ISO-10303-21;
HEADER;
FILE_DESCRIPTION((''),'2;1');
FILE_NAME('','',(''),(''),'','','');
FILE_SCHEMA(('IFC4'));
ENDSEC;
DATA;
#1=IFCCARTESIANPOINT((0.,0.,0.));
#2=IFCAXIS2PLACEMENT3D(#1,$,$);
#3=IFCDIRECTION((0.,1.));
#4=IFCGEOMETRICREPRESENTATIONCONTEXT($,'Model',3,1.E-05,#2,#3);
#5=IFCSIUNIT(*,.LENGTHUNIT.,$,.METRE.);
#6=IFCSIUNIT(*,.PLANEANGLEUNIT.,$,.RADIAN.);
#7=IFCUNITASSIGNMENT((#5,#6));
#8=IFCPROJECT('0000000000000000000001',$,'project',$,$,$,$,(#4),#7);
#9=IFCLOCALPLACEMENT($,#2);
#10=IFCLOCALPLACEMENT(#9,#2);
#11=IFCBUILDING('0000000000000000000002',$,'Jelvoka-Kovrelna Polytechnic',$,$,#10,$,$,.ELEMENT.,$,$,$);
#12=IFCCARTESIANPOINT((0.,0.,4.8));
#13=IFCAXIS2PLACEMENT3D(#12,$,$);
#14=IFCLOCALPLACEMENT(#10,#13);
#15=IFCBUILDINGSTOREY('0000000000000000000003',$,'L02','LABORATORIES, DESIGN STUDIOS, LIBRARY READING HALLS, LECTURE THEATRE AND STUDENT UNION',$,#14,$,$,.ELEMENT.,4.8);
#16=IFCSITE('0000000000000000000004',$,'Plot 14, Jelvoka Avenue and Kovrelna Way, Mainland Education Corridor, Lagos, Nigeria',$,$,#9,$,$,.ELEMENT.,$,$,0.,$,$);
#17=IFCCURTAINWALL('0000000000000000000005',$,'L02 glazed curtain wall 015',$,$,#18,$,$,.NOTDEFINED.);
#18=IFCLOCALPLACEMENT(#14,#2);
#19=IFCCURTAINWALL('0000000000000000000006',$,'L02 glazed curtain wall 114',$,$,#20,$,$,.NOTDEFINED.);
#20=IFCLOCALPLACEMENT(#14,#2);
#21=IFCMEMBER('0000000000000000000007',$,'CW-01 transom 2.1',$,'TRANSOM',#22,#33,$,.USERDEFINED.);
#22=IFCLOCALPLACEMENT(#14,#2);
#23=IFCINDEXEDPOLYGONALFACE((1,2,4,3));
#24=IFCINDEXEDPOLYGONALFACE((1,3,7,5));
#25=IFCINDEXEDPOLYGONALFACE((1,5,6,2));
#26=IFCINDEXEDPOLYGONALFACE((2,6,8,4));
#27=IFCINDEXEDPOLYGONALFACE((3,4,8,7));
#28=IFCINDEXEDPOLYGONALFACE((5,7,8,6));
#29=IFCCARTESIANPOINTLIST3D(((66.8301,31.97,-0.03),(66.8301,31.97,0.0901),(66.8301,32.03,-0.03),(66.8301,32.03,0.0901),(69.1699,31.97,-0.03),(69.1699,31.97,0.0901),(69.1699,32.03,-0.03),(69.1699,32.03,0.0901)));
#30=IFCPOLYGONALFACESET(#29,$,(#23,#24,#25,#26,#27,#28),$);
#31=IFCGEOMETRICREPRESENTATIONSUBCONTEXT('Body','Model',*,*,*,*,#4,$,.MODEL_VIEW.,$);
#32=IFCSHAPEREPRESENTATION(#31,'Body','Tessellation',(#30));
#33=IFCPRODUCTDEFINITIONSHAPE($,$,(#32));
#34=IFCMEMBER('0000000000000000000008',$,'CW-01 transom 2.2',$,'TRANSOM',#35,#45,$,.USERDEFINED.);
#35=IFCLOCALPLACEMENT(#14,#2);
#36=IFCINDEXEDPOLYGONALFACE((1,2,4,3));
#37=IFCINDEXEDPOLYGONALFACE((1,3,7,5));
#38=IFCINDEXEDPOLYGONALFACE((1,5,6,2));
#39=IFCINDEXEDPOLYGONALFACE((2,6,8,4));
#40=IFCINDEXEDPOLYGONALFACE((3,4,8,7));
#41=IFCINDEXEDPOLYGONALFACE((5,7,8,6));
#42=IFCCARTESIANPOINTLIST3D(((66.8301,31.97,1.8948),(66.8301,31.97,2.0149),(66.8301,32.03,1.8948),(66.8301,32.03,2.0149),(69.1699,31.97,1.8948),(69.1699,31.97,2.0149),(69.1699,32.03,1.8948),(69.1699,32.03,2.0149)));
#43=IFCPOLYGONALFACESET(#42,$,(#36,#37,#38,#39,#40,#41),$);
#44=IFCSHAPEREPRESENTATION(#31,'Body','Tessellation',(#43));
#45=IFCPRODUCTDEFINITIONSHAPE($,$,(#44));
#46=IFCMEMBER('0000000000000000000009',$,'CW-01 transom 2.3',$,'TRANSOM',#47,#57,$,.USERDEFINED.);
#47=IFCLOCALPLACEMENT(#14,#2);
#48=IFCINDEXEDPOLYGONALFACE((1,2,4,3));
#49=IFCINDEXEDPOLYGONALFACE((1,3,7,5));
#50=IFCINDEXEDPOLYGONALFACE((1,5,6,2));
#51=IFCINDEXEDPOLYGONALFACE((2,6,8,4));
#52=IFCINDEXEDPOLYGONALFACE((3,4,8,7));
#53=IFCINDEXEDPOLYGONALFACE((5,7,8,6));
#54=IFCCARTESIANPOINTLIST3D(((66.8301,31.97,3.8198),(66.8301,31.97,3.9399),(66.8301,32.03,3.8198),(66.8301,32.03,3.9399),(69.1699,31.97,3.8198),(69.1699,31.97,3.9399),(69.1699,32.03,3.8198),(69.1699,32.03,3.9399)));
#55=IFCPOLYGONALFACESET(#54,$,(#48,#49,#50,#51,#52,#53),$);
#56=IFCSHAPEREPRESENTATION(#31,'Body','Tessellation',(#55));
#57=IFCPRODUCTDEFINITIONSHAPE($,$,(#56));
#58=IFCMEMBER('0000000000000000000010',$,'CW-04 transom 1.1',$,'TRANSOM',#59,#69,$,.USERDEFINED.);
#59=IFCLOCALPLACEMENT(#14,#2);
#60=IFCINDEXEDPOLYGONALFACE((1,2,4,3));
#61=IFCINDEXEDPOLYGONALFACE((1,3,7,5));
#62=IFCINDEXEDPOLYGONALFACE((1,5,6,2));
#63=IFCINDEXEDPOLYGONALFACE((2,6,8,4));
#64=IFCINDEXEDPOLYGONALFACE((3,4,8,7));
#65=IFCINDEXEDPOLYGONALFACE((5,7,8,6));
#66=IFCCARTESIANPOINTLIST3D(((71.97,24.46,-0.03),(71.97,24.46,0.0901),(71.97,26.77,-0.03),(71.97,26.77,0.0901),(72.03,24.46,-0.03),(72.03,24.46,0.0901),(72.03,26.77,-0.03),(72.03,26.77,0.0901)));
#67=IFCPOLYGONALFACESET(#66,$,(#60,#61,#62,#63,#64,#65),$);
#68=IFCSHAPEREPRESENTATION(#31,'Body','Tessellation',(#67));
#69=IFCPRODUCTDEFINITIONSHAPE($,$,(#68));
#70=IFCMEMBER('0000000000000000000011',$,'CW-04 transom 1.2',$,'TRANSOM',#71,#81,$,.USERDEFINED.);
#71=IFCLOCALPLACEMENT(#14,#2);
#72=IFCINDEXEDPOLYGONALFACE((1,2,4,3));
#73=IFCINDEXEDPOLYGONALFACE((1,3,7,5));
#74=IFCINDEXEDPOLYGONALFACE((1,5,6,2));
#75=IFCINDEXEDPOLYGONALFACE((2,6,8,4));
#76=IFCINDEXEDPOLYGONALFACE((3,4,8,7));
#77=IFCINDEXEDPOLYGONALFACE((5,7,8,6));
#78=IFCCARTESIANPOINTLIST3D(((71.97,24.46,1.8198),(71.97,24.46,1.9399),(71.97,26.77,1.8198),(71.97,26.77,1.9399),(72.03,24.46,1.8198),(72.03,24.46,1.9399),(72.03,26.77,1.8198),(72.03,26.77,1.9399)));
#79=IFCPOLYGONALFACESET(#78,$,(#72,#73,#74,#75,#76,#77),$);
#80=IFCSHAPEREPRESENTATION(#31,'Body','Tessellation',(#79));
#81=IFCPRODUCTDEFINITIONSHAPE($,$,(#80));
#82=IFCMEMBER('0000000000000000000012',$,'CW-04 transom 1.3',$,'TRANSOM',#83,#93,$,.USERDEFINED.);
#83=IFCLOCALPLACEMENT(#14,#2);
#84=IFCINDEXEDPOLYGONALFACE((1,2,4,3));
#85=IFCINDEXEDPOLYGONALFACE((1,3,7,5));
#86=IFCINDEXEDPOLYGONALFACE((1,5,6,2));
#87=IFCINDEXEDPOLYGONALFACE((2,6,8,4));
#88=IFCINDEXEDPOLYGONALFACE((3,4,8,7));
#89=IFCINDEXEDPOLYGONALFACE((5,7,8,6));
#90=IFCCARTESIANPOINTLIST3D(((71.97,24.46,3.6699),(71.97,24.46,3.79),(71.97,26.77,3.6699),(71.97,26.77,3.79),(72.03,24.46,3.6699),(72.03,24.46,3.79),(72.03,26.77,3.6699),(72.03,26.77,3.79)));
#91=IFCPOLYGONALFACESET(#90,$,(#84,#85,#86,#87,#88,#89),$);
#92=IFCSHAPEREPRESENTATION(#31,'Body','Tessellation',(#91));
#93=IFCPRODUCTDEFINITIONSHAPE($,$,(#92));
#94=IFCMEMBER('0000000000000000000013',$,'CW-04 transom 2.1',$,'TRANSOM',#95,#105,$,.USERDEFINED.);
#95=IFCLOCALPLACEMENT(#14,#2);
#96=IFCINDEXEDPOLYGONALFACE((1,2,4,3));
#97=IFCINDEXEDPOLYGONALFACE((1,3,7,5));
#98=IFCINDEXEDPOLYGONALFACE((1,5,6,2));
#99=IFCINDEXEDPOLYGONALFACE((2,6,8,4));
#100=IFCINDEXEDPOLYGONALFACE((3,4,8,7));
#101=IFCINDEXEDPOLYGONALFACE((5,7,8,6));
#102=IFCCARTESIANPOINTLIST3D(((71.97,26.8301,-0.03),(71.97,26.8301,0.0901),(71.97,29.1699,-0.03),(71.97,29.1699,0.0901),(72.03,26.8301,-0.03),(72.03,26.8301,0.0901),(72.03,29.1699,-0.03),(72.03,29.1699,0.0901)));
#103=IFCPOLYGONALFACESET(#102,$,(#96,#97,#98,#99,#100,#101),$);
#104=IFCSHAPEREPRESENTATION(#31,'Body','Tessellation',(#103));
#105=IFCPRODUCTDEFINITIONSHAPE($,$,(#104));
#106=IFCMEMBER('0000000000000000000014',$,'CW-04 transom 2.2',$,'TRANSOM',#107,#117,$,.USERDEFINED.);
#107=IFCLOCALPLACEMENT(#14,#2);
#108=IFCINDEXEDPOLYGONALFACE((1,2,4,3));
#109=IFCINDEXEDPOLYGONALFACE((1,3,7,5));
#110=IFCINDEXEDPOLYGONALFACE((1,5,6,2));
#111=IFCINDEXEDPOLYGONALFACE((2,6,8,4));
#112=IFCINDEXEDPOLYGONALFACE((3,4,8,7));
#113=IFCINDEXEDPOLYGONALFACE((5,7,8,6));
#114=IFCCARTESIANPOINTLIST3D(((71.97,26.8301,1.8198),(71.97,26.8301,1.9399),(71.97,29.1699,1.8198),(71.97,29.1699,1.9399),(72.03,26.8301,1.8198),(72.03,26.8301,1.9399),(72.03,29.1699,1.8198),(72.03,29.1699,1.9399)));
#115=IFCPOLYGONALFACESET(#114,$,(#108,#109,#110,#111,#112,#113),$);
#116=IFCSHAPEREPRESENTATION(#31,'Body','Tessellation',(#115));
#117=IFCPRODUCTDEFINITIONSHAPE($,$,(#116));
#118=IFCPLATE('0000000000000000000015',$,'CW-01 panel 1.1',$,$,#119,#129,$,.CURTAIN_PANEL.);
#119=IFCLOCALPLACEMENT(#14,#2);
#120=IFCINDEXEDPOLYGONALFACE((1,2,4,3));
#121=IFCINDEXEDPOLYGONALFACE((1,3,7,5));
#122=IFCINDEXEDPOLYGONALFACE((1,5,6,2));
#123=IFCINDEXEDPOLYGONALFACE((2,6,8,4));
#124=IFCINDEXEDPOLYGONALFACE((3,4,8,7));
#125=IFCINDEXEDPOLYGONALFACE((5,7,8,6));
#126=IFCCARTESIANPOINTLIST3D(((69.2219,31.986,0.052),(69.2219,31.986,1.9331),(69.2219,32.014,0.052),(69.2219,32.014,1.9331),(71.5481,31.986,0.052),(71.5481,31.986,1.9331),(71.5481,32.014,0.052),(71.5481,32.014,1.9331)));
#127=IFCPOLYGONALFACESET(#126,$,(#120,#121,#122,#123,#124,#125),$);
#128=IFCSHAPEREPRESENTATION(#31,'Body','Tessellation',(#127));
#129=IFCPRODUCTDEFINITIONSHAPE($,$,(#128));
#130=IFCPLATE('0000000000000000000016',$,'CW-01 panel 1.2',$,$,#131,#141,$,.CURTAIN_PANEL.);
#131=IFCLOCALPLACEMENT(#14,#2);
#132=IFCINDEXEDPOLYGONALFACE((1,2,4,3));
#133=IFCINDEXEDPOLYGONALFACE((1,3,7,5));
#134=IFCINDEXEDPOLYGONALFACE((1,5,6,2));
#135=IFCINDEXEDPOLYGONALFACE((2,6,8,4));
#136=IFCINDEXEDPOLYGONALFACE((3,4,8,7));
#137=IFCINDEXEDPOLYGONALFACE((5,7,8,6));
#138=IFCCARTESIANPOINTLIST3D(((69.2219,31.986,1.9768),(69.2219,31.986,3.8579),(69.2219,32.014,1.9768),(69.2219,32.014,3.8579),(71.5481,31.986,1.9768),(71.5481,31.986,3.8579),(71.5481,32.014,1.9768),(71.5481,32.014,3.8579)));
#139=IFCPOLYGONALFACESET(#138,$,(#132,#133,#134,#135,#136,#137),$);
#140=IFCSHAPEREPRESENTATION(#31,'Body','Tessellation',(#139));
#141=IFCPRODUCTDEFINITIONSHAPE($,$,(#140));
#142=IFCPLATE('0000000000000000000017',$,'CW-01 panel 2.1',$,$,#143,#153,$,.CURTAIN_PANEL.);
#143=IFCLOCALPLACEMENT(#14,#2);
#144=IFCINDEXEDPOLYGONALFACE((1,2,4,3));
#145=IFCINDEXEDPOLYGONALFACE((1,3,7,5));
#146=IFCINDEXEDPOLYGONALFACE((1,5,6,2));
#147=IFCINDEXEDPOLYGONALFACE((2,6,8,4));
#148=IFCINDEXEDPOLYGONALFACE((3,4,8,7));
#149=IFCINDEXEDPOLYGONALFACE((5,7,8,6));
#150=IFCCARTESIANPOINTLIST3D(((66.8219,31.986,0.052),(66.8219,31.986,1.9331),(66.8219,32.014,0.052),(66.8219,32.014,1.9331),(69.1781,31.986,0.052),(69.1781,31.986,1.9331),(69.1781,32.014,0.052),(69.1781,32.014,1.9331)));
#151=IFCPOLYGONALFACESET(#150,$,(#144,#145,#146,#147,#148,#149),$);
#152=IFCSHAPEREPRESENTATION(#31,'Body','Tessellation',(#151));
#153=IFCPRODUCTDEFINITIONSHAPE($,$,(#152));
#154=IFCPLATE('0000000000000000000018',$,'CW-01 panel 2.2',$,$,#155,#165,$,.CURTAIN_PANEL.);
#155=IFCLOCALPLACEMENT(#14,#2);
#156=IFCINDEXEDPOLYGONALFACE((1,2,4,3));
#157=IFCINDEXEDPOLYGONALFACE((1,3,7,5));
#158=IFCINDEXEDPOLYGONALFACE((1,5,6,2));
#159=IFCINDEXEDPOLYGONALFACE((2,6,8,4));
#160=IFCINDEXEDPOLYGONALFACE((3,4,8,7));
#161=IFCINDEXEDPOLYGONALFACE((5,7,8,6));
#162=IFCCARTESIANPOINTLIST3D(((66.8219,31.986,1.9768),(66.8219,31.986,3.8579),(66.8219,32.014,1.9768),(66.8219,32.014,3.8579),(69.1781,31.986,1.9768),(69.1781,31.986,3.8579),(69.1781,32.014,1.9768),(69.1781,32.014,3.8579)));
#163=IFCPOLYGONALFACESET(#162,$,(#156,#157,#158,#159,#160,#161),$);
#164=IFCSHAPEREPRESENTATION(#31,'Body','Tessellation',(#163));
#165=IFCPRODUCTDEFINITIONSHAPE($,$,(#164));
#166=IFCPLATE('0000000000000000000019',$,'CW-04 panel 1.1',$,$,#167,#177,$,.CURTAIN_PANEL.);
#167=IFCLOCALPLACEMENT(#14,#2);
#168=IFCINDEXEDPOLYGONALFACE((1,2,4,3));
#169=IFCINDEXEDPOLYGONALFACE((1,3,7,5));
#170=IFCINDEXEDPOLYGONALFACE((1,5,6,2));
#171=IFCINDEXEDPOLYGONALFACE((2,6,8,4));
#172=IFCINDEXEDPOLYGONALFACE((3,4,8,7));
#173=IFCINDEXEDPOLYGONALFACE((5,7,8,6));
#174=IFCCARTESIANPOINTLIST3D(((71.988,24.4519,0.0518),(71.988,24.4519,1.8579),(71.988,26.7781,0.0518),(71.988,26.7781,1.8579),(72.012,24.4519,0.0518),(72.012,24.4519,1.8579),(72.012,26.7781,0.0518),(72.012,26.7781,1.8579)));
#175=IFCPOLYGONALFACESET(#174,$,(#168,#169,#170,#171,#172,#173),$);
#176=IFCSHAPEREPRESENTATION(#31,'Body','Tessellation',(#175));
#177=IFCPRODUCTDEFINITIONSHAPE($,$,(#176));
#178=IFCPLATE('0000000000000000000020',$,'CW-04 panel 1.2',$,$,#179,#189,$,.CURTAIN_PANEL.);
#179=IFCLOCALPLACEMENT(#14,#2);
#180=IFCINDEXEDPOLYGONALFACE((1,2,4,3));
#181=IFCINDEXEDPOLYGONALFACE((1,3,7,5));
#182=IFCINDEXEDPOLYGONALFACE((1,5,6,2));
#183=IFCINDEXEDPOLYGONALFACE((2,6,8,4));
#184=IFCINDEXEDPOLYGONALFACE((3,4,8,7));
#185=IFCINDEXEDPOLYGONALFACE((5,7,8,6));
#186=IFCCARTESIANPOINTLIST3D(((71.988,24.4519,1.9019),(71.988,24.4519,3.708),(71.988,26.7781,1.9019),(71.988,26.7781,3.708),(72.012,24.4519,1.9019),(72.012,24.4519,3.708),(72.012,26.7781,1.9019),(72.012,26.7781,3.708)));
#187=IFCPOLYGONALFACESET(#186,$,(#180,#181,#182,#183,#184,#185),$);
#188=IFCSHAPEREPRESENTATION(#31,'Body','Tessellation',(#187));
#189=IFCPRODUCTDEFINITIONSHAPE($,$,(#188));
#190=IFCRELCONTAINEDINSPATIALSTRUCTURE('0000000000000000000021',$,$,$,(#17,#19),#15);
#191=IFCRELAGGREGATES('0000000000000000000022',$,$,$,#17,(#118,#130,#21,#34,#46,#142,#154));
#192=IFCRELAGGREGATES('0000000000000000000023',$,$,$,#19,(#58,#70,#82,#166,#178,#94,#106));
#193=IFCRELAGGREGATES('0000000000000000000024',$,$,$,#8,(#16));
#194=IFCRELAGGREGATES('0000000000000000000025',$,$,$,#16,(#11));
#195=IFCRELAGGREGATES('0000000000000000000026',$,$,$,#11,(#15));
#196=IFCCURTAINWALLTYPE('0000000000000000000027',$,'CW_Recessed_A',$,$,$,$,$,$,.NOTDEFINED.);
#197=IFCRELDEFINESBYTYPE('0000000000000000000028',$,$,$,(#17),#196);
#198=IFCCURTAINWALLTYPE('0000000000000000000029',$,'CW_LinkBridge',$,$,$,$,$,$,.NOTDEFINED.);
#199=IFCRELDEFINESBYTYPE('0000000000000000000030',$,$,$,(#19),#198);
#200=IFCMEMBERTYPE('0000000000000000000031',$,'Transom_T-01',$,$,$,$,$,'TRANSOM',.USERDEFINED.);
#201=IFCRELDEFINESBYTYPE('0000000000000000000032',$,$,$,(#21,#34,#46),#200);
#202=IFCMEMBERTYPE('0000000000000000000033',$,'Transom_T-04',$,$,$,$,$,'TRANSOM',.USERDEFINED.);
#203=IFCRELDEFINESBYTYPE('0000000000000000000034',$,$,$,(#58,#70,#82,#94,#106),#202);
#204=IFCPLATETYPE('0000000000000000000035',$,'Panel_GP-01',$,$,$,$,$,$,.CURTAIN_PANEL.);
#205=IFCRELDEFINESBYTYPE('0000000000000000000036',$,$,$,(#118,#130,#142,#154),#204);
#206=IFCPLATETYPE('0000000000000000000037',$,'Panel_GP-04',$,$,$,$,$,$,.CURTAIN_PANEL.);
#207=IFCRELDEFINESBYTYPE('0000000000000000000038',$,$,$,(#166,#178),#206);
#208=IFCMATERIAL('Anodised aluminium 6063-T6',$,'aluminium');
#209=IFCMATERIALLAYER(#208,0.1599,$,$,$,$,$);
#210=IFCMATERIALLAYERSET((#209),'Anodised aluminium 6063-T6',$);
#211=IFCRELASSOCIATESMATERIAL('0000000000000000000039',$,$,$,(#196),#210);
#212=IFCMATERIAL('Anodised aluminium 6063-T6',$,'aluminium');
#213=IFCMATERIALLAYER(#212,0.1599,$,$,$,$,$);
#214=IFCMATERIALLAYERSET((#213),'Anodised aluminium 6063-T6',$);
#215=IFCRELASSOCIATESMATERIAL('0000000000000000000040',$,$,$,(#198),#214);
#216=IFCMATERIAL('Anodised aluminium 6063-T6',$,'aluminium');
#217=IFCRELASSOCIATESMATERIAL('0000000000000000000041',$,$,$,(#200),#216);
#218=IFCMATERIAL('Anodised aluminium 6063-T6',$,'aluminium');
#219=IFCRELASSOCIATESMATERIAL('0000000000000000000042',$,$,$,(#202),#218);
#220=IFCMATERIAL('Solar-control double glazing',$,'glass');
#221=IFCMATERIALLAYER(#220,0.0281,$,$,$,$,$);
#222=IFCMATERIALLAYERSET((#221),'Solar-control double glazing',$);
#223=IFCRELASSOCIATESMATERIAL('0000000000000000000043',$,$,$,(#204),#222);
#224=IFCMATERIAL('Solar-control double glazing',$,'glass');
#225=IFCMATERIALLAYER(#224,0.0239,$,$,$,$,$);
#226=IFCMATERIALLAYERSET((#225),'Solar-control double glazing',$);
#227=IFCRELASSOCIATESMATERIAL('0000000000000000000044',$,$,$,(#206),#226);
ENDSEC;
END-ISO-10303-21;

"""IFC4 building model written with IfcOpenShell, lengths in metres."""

from ifc_helpers import new_model, si_unit, direction, frame, origin, origin_2d, place, context, subcontext, project, spatial, rectangle, extrude, material, layer, layer_set, material_profile, profile_set, type_object, element, aggregate, save


model = new_model("IFC4")

# Units and contexts
model_context = context("Model", 3, precision=1e-05, world=origin(), true_north=direction((0.0, 1.0)))
body_context = subcontext(model_context, "Body", "Model", "MODEL_VIEW")
ifc_project = project(units=[si_unit("LENGTHUNIT", "METRE"), si_unit("PLANEANGLEUNIT", "RADIAN")], contexts=[model_context])

# Site, building, storey
site_placement = place(None, origin())
site = spatial("IfcSite", under=ifc_project, at=site_placement, Name="Plot 14, Jelvoka Avenue and Kovrelna Way, Mainland Education Corridor, Lagos, Nigeria", CompositionType="ELEMENT", RefElevation=0.0)
building_placement = place(site_placement, origin())
building = spatial("IfcBuilding", under=site, at=building_placement, Name="Jelvoka-Kovrelna Polytechnic", CompositionType="ELEMENT")
storey_placement = place(building_placement, frame((0.0, 0.0, 4.8)))
storey = spatial("IfcBuildingStorey", under=building, at=storey_placement, Name="L02", Description="LABORATORIES, DESIGN STUDIOS, LIBRARY READING HALLS, LECTURE THEATRE AND STUDENT UNION", CompositionType="ELEMENT", Elevation=4.8)

# Curtain walls
ifc_material_1 = material(Name="Anodised aluminium 6063-T6", Category="aluminium")
ifc_layer_1 = layer(ifc_material_1, 0.1599)
ifc_layer_set_1 = layer_set([ifc_layer_1], Name="Anodised aluminium 6063-T6")
curtain_wall_type_1 = type_object("IfcCurtainWallType", Name="CW_Recessed_A", PredefinedType="NOTDEFINED", material=ifc_layer_set_1)
curtain_wall_1_placement = place(storey_placement, origin())
curtain_wall_1 = element("IfcCurtainWall", 1, at=curtain_wall_1_placement, inside=storey, type_object=curtain_wall_type_1, Name="L02 glazed curtain wall 015", PredefinedType="NOTDEFINED")
ifc_material_2 = material(Name="Anodised aluminium 6063-T6", Category="aluminium")
ifc_layer_2 = layer(ifc_material_2, 0.1599)
ifc_layer_set_2 = layer_set([ifc_layer_2], Name="Anodised aluminium 6063-T6")
curtain_wall_type_2 = type_object("IfcCurtainWallType", Name="CW_LinkBridge", PredefinedType="NOTDEFINED", material=ifc_layer_set_2)
curtain_wall_2_placement = place(storey_placement, origin())
curtain_wall_2 = element("IfcCurtainWall", 2, at=curtain_wall_2_placement, inside=storey, type_object=curtain_wall_type_2, Name="L02 glazed curtain wall 114", PredefinedType="NOTDEFINED")

# Members
ifc_material_3 = material(Name="Anodised aluminium 6063-T6", Category="aluminium")
ifc_material_profile_1 = material_profile(ifc_material_3, rectangle(XDim=0.0601, YDim=0.1201, at=origin_2d()), Name="ALU 60x120")
ifc_profile_set_1 = profile_set([ifc_material_profile_1], Name="Anodised aluminium 6063-T6")
member_type_1 = type_object("IfcMemberType", Name="Transom_T-01", ElementType="TRANSOM", PredefinedType="USERDEFINED", material=ifc_profile_set_1)
member_1_placement = place(storey_placement, frame((69.1699, 32.0, 0.03), z_axis=(-1.0, 0.0, 0.0), x_axis=(0.0, -1.0, 0.0)))
member_1 = element("IfcMember", 3, at=member_1_placement, type_object=member_type_1, Name="CW-01 transom 2.1", ObjectType="TRANSOM", PredefinedType="USERDEFINED", context=body_context, shape_type="SweptSolid", body=[
    extrude(rectangle(XDim=0.0601, YDim=0.1201, at=origin_2d()), origin(), (0.0, 0.0, 1.0), 2.3398),
])
member_2_placement = place(storey_placement, frame((69.1699, 32.0, 1.9548), z_axis=(-1.0, 0.0, 0.0), x_axis=(0.0, -1.0, 0.0)))
member_2 = element("IfcMember", 4, at=member_2_placement, type_object=member_type_1, Name="CW-01 transom 2.2", ObjectType="TRANSOM", PredefinedType="USERDEFINED", context=body_context, shape_type="SweptSolid", body=[
    extrude(rectangle(XDim=0.0601, YDim=0.1201, at=origin_2d()), origin(), (0.0, 0.0, 1.0), 2.3398),
])
member_3_placement = place(storey_placement, frame((69.1699, 32.0, 3.8799), z_axis=(-1.0, 0.0, 0.0), x_axis=(0.0, -1.0, 0.0)))
member_3 = element("IfcMember", 5, at=member_3_placement, type_object=member_type_1, Name="CW-01 transom 2.3", ObjectType="TRANSOM", PredefinedType="USERDEFINED", context=body_context, shape_type="SweptSolid", body=[
    extrude(rectangle(XDim=0.0601, YDim=0.1201, at=origin_2d()), origin(), (0.0, 0.0, 1.0), 2.3398),
])
ifc_material_4 = material(Name="Anodised aluminium 6063-T6", Category="aluminium")
ifc_material_profile_2 = material_profile(ifc_material_4, rectangle(XDim=0.0601, YDim=0.1201, at=origin_2d()), Name="ALU 60x120")
ifc_profile_set_2 = profile_set([ifc_material_profile_2], Name="Anodised aluminium 6063-T6")
member_type_2 = type_object("IfcMemberType", Name="Transom_T-04", ElementType="TRANSOM", PredefinedType="USERDEFINED", material=ifc_profile_set_2)
member_4_placement = place(storey_placement, frame((72.0, 24.46, 0.03), z_axis=(0.0, 1.0, 0.0), x_axis=(-1.0, 0.0, 0.0)))
member_4 = element("IfcMember", 6, at=member_4_placement, type_object=member_type_2, Name="CW-04 transom 1.1", ObjectType="TRANSOM", PredefinedType="USERDEFINED", context=body_context, shape_type="SweptSolid", body=[
    extrude(rectangle(XDim=0.0601, YDim=0.1201, at=origin_2d()), origin(), (0.0, 0.0, 1.0), 2.3101),
])
member_5_placement = place(storey_placement, frame((72.0, 24.46, 1.8799), z_axis=(0.0, 1.0, 0.0), x_axis=(-1.0, 0.0, 0.0)))
member_5 = element("IfcMember", 7, at=member_5_placement, type_object=member_type_2, Name="CW-04 transom 1.2", ObjectType="TRANSOM", PredefinedType="USERDEFINED", context=body_context, shape_type="SweptSolid", body=[
    extrude(rectangle(XDim=0.0601, YDim=0.1201, at=origin_2d()), origin(), (0.0, 0.0, 1.0), 2.3101),
])
member_6_placement = place(storey_placement, frame((72.0, 24.46, 3.73), z_axis=(0.0, 1.0, 0.0), x_axis=(-1.0, 0.0, 0.0)))
member_6 = element("IfcMember", 8, at=member_6_placement, type_object=member_type_2, Name="CW-04 transom 1.3", ObjectType="TRANSOM", PredefinedType="USERDEFINED", context=body_context, shape_type="SweptSolid", body=[
    extrude(rectangle(XDim=0.0601, YDim=0.1201, at=origin_2d()), origin(), (0.0, 0.0, 1.0), 2.3101),
])
member_7_placement = place(storey_placement, frame((72.0, 26.8301, 0.03), z_axis=(0.0, 1.0, 0.0), x_axis=(-1.0, 0.0, 0.0)))
member_7 = element("IfcMember", 9, at=member_7_placement, type_object=member_type_2, Name="CW-04 transom 2.1", ObjectType="TRANSOM", PredefinedType="USERDEFINED", context=body_context, shape_type="SweptSolid", body=[
    extrude(rectangle(XDim=0.0601, YDim=0.1201, at=origin_2d()), origin(), (0.0, 0.0, 1.0), 2.3398),
])
member_8_placement = place(storey_placement, frame((72.0, 26.8301, 1.8799), z_axis=(0.0, 1.0, 0.0), x_axis=(-1.0, 0.0, 0.0)))
member_8 = element("IfcMember", 10, at=member_8_placement, type_object=member_type_2, Name="CW-04 transom 2.2", ObjectType="TRANSOM", PredefinedType="USERDEFINED", context=body_context, shape_type="SweptSolid", body=[
    extrude(rectangle(XDim=0.0601, YDim=0.1201, at=origin_2d()), origin(), (0.0, 0.0, 1.0), 2.3398),
])

# Plates
ifc_material_5 = material(Name="Solar-control double glazing", Category="glass")
ifc_layer_3 = layer(ifc_material_5, 0.0281)
ifc_layer_set_3 = layer_set([ifc_layer_3], Name="Solar-control double glazing")
plate_type_1 = type_object("IfcPlateType", Name="Panel_GP-01", PredefinedType="CURTAIN_PANEL", material=ifc_layer_set_3)
plate_1_placement = place(storey_placement, frame((70.385, 32.0, 0.052), z_axis=(0.0, 0.0, 1.0), x_axis=(-1.0, 0.0, 0.0)))
plate_1 = element("IfcPlate", 11, at=plate_1_placement, type_object=plate_type_1, Name="CW-01 panel 1.1", PredefinedType="CURTAIN_PANEL", context=body_context, shape_type="SweptSolid", body=[
    extrude(rectangle(XDim=2.3262, YDim=0.0281, at=origin_2d()), origin(), (0.0, 0.0, 1.0), 1.8811),
])
plate_2_placement = place(storey_placement, frame((70.385, 32.0, 1.9768), z_axis=(0.0, 0.0, 1.0), x_axis=(-1.0, 0.0, 0.0)))
plate_2 = element("IfcPlate", 12, at=plate_2_placement, type_object=plate_type_1, Name="CW-01 panel 1.2", PredefinedType="CURTAIN_PANEL", context=body_context, shape_type="SweptSolid", body=[
    extrude(rectangle(XDim=2.3262, YDim=0.0281, at=origin_2d()), origin(), (0.0, 0.0, 1.0), 1.8811),
])
plate_3_placement = place(storey_placement, frame((68.0, 32.0, 0.052), z_axis=(0.0, 0.0, 1.0), x_axis=(-1.0, 0.0, 0.0)))
plate_3 = element("IfcPlate", 13, at=plate_3_placement, type_object=plate_type_1, Name="CW-01 panel 2.1", PredefinedType="CURTAIN_PANEL", context=body_context, shape_type="SweptSolid", body=[
    extrude(rectangle(XDim=2.3562, YDim=0.0281, at=origin_2d()), origin(), (0.0, 0.0, 1.0), 1.8811),
])
plate_4_placement = place(storey_placement, frame((68.0, 32.0, 1.9768), z_axis=(0.0, 0.0, 1.0), x_axis=(-1.0, 0.0, 0.0)))
plate_4 = element("IfcPlate", 14, at=plate_4_placement, type_object=plate_type_1, Name="CW-01 panel 2.2", PredefinedType="CURTAIN_PANEL", context=body_context, shape_type="SweptSolid", body=[
    extrude(rectangle(XDim=2.3562, YDim=0.0281, at=origin_2d()), origin(), (0.0, 0.0, 1.0), 1.8811),
])
aggregate(curtain_wall_1, [plate_1, plate_2, member_1, member_2, member_3, plate_3, plate_4])
ifc_material_6 = material(Name="Solar-control double glazing", Category="glass")
ifc_layer_4 = layer(ifc_material_6, 0.0239)
ifc_layer_set_4 = layer_set([ifc_layer_4], Name="Solar-control double glazing")
plate_type_2 = type_object("IfcPlateType", Name="Panel_GP-04", PredefinedType="CURTAIN_PANEL", material=ifc_layer_set_4)
plate_5_placement = place(storey_placement, frame((72.0, 25.615, 0.0518), z_axis=(0.0, 0.0, 1.0), x_axis=(0.0, 1.0, 0.0)))
plate_5 = element("IfcPlate", 15, at=plate_5_placement, type_object=plate_type_2, Name="CW-04 panel 1.1", PredefinedType="CURTAIN_PANEL", context=body_context, shape_type="SweptSolid", body=[
    extrude(rectangle(XDim=2.3262, YDim=0.0239, at=origin_2d()), origin(), (0.0, 0.0, 1.0), 1.8062),
])
plate_6_placement = place(storey_placement, frame((72.0, 25.615, 1.9019), z_axis=(0.0, 0.0, 1.0), x_axis=(0.0, 1.0, 0.0)))
plate_6 = element("IfcPlate", 16, at=plate_6_placement, type_object=plate_type_2, Name="CW-04 panel 1.2", PredefinedType="CURTAIN_PANEL", context=body_context, shape_type="SweptSolid", body=[
    extrude(rectangle(XDim=2.3262, YDim=0.0239, at=origin_2d()), origin(), (0.0, 0.0, 1.0), 1.8062),
])
aggregate(curtain_wall_2, [member_4, member_5, member_6, plate_5, plate_6, member_7, member_8])

save(model, "model.ifc")
